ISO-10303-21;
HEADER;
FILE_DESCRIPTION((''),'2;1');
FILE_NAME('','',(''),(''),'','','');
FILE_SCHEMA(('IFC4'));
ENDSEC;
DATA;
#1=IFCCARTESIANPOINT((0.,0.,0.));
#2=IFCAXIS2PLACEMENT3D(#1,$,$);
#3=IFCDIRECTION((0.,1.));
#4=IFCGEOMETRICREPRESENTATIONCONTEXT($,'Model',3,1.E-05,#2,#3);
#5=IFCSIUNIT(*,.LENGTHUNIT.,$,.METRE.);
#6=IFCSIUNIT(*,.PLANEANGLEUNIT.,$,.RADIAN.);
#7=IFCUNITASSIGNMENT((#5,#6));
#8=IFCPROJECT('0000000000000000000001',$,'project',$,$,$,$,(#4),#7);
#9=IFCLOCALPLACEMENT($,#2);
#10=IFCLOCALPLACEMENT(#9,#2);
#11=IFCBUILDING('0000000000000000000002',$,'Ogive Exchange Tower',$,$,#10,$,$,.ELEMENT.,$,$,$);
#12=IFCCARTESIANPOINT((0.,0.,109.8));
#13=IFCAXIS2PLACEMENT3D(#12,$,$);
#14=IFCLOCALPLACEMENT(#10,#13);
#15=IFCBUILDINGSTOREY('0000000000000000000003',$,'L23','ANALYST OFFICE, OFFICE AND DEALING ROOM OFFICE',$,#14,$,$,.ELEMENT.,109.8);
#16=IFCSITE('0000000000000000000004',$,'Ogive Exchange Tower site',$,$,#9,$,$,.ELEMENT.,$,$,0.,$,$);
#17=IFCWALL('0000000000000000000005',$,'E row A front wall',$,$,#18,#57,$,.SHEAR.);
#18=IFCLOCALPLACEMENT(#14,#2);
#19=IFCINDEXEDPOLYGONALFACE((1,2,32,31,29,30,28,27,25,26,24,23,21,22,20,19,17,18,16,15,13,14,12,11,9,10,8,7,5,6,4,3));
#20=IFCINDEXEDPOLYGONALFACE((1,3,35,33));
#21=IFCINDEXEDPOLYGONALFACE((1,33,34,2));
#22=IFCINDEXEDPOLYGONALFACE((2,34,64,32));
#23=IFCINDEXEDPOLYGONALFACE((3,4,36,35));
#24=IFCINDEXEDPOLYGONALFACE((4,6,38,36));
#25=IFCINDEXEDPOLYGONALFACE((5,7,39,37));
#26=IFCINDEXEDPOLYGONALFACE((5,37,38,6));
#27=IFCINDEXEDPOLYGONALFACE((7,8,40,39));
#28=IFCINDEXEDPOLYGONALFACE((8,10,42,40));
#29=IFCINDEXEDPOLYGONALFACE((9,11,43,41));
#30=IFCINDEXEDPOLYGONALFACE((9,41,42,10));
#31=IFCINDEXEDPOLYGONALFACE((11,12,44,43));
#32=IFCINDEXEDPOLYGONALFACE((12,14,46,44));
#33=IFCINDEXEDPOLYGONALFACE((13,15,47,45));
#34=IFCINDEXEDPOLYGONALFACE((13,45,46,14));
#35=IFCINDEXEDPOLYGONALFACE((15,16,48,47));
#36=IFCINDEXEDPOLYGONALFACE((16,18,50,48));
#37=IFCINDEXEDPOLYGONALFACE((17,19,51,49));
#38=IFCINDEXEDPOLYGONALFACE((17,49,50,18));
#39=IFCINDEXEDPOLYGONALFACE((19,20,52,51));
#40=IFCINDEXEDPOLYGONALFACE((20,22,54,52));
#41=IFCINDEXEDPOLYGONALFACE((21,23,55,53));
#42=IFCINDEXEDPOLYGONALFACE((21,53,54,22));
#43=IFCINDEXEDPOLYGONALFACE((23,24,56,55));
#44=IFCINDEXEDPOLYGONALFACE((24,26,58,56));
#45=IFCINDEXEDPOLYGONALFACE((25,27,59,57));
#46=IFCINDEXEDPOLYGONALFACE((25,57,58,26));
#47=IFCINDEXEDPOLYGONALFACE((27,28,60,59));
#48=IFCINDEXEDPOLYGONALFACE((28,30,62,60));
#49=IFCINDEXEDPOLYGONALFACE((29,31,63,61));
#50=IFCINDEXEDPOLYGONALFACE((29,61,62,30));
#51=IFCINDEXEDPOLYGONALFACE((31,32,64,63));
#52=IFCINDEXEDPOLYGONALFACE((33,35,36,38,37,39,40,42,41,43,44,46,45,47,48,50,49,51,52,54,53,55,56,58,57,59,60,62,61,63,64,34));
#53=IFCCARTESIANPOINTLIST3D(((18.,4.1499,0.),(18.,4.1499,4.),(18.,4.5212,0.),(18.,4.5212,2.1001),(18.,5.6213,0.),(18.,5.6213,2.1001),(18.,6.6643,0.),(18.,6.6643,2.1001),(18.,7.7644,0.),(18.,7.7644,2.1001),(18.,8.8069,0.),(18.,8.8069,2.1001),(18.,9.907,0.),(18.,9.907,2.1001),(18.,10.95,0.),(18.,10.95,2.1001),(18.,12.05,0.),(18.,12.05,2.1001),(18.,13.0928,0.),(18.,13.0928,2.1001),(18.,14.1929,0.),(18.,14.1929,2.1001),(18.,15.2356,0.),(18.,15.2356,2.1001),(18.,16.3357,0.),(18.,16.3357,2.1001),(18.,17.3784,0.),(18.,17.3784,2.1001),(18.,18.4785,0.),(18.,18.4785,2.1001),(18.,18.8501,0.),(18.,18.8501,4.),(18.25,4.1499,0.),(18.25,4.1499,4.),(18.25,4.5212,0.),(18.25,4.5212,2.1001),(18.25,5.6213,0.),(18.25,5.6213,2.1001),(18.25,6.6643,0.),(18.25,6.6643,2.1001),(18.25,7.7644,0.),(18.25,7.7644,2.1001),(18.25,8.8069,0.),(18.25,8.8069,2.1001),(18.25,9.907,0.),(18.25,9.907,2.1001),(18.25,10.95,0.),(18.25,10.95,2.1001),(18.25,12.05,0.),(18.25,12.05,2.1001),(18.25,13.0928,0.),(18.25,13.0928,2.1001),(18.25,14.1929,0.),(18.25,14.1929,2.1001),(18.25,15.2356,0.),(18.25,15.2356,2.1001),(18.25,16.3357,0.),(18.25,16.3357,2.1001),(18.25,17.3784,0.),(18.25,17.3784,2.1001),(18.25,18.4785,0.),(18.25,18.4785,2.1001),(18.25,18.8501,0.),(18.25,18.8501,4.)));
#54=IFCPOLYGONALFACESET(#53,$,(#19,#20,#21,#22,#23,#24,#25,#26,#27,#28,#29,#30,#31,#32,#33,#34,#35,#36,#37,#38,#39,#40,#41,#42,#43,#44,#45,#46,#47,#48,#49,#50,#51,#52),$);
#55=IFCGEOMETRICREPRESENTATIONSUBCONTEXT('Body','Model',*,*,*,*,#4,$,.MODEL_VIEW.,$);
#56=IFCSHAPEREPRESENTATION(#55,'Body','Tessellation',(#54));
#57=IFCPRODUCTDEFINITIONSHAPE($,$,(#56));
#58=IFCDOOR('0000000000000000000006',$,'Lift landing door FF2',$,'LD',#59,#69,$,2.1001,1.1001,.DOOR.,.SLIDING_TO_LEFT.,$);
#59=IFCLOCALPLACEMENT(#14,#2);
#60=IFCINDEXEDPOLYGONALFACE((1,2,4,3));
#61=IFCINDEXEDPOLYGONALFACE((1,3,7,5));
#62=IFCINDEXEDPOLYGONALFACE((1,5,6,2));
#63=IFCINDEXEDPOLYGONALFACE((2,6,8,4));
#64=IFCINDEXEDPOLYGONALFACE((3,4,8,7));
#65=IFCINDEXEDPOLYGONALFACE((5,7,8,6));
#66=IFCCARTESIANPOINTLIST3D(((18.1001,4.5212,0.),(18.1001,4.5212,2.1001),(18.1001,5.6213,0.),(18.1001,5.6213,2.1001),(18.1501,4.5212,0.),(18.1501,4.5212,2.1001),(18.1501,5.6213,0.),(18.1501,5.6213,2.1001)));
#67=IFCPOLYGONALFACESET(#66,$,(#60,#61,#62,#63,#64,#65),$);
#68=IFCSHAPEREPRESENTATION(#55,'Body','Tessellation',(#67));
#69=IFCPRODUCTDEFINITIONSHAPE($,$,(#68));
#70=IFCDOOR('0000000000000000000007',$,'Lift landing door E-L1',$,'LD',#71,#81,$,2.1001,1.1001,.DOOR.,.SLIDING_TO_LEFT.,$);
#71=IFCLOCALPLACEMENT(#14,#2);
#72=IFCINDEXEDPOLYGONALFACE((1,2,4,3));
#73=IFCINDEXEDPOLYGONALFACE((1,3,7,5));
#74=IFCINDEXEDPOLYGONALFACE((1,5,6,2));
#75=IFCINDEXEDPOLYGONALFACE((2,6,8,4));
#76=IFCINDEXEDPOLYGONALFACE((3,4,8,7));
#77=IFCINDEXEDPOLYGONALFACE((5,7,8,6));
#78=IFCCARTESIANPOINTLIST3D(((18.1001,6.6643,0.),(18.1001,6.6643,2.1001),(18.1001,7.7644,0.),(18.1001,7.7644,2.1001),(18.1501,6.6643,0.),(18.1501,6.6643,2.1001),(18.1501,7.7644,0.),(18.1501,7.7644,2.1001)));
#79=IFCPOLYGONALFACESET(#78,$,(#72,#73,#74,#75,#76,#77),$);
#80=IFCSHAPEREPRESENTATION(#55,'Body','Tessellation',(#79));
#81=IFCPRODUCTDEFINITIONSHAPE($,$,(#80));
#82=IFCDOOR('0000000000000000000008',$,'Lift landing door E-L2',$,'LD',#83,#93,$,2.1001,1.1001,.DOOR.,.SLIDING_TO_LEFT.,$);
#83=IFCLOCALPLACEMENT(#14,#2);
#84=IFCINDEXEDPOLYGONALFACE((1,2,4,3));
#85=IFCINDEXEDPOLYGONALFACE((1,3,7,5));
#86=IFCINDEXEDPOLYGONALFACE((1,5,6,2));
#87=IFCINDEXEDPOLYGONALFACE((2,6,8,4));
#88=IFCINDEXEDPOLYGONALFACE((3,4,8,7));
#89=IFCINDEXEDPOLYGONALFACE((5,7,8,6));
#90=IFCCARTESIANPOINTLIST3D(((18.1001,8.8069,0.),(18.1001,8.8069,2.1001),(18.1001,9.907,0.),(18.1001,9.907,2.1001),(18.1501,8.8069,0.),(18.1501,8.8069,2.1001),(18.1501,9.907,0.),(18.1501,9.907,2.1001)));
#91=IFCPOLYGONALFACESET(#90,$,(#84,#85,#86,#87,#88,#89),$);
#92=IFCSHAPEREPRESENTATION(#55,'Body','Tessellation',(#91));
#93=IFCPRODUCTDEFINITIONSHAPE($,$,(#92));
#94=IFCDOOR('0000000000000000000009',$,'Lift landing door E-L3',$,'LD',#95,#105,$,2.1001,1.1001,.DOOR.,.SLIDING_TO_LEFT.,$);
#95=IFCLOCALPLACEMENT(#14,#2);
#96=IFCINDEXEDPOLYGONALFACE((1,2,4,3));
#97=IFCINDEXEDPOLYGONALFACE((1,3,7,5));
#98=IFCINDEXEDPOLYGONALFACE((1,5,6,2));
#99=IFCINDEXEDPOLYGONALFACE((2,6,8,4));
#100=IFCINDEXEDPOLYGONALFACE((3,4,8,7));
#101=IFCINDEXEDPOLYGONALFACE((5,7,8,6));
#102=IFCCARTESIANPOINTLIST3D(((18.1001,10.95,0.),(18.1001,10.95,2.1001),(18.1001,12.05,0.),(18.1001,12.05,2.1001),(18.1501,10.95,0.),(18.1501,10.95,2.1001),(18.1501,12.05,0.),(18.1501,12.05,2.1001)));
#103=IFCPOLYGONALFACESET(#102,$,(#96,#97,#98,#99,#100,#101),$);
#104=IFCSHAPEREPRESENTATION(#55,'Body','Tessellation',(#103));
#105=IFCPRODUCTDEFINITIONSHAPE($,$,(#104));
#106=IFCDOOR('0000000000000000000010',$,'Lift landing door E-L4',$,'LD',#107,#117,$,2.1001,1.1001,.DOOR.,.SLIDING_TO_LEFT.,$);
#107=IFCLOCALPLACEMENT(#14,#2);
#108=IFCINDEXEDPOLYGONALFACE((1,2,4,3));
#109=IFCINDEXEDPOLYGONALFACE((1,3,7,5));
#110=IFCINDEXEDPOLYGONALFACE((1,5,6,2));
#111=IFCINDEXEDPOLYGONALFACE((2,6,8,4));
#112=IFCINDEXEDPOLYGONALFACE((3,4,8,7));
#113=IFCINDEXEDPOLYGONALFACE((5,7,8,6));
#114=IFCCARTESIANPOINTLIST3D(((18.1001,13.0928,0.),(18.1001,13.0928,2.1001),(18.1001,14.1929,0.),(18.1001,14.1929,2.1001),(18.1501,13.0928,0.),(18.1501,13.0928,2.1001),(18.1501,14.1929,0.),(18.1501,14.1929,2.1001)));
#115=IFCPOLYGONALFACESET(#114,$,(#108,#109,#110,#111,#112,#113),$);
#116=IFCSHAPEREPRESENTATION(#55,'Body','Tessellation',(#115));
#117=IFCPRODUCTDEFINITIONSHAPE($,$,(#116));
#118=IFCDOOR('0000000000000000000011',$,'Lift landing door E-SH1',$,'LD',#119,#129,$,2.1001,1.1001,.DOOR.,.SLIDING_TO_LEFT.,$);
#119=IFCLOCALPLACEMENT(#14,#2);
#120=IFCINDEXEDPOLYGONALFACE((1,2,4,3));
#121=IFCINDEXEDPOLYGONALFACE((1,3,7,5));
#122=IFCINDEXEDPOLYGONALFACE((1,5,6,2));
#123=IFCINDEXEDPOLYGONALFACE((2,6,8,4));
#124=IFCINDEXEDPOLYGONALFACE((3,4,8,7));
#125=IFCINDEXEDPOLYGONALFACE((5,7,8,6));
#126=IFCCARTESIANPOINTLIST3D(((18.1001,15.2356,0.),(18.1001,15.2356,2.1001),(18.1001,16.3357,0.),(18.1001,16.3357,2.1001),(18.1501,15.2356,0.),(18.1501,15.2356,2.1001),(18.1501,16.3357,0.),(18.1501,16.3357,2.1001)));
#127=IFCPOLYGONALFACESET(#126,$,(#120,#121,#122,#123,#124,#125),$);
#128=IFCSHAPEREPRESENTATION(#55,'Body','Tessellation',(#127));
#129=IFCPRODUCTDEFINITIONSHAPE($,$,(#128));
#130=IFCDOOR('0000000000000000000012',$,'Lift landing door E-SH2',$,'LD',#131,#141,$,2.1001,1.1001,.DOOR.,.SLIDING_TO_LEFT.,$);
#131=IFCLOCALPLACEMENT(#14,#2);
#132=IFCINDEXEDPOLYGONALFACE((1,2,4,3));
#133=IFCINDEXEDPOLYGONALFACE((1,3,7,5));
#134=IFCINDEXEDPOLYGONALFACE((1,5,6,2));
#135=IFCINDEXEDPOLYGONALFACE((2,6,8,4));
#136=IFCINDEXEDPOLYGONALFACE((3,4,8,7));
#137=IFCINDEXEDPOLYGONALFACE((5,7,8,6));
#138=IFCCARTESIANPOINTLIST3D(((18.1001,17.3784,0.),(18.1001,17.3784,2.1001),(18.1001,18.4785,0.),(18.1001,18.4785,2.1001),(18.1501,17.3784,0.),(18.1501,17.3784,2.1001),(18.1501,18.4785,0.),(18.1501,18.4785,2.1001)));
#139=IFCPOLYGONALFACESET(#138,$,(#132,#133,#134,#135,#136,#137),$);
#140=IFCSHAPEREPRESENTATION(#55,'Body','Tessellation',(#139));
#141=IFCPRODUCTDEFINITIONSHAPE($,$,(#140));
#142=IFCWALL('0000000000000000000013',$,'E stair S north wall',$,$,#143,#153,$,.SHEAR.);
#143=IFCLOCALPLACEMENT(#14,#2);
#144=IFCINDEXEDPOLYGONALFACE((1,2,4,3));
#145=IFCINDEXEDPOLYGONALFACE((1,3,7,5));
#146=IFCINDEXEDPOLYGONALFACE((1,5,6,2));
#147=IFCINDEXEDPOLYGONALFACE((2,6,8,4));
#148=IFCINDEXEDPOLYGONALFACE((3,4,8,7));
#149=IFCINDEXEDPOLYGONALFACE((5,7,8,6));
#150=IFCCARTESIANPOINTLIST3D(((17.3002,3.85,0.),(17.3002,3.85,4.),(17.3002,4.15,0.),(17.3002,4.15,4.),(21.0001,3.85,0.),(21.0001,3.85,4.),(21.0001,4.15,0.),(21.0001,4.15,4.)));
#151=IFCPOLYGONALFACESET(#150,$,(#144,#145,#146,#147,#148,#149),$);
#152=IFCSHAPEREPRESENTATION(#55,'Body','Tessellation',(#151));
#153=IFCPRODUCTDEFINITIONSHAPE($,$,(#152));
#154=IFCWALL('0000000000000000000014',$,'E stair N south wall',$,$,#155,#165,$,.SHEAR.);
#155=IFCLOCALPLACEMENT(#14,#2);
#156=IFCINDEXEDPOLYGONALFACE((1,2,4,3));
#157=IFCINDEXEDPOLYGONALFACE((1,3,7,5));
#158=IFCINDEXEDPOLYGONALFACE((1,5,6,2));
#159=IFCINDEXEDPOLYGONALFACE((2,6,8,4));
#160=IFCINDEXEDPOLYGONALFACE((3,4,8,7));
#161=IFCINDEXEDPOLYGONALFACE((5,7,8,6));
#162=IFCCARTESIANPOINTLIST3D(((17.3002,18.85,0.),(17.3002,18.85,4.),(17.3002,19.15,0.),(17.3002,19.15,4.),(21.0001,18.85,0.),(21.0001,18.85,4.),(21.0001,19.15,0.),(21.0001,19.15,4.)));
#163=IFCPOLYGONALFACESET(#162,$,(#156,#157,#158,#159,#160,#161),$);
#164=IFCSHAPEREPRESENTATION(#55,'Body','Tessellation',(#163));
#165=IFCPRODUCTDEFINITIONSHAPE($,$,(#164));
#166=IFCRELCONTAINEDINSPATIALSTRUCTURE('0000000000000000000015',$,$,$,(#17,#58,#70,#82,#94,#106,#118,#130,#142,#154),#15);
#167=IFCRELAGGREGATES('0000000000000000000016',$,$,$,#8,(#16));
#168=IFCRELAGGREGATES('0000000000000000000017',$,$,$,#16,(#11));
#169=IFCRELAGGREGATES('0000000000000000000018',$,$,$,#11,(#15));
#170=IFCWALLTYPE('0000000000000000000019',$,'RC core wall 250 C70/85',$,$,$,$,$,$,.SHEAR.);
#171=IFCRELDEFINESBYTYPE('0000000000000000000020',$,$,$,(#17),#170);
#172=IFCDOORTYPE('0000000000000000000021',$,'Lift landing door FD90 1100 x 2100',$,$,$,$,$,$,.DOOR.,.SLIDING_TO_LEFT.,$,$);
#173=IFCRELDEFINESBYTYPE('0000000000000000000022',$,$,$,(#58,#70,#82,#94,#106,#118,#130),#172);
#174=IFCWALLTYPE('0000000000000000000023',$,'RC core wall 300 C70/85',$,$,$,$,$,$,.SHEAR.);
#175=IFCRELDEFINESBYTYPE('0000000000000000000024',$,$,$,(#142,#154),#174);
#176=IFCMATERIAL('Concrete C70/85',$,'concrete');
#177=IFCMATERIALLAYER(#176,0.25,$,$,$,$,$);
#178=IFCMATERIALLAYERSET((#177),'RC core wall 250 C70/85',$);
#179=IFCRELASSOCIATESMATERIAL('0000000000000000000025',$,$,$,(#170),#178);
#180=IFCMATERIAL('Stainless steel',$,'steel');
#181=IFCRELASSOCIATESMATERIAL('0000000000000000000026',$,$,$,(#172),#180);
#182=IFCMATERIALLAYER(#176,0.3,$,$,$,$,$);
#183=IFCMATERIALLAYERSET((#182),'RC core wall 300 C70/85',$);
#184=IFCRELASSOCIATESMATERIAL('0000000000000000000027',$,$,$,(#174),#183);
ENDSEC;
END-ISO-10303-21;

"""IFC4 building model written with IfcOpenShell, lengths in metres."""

from ifc_helpers import new_model, si_unit, direction, frame, frame_2d, origin, place, context, subcontext, project, spatial, rectangle, extrude, material, layer, layer_set, type_object, element, fill, save


model = new_model("IFC4")

# Units and contexts
model_context = context("Model", 3, precision=1e-05, world=origin(), true_north=direction((0.0, 1.0)))
body_context = subcontext(model_context, "Body", "Model", "MODEL_VIEW")
ifc_project = project(units=[si_unit("LENGTHUNIT", "METRE"), si_unit("PLANEANGLEUNIT", "RADIAN")], contexts=[model_context])

# Site, building, storey
site_placement = place(None, origin())
site = spatial("IfcSite", under=ifc_project, at=site_placement, Name="Ogive Exchange Tower site", CompositionType="ELEMENT", RefElevation=0.0)
building_placement = place(site_placement, origin())
building = spatial("IfcBuilding", under=site, at=building_placement, Name="Ogive Exchange Tower", CompositionType="ELEMENT")
storey_placement = place(building_placement, frame((0.0, 0.0, 109.8)))
storey = spatial("IfcBuildingStorey", under=building, at=storey_placement, Name="L23", Description="ANALYST OFFICE, OFFICE AND DEALING ROOM OFFICE", CompositionType="ELEMENT", Elevation=109.8)

# Shared definitions
ifc_material_1 = material(Name="Concrete C70/85", Category="concrete")
ifc_layer_1 = layer(ifc_material_1, 0.25)
ifc_layer_set_1 = layer_set([ifc_layer_1], Name="RC core wall 250 C70/85")
wall_type_1 = type_object("IfcWallType", Name="RC core wall 250 C70/85", PredefinedType="SHEAR", material=ifc_layer_set_1)

# Wall, openings, doors
wall_1_placement = place(storey_placement, frame((18.125, 4.1499, 0.0), z_axis=(0.0, 0.0, 1.0), x_axis=(0.0, 1.0, 0.0)))
wall_1 = element("IfcWall", 1, at=wall_1_placement, inside=storey, type_object=wall_type_1, Name="E row A front wall", PredefinedType="SHEAR", context=body_context, shape_type="SweptSolid", body=[
    extrude(rectangle(XDim=14.7002, YDim=0.25, at=frame_2d((7.3501, 0.0))), origin(), (0.0, 0.0, 1.0), 4.0),
])
opening_1_placement = place(wall_1_placement, frame((0.3713, 0.0, 0.0)))
opening_1 = element("IfcOpeningElement", 2, at=opening_1_placement, cuts=wall_1, PredefinedType="OPENING", context=body_context, shape_type="SweptSolid", body=[
    extrude(rectangle(XDim=1.1001, YDim=2.1001, at=frame_2d((0.55, 1.05))), frame((0.0, 0.135, 0.0), z_axis=(0.0, -1.0, 0.0), x_axis=(1.0, 0.0, 0.0)), (0.0, 0.0, 1.0), 0.27),
])
opening_2_placement = place(wall_1_placement, frame((2.5144, 0.0, 0.0)))
opening_2 = element("IfcOpeningElement", 3, at=opening_2_placement, cuts=wall_1, PredefinedType="OPENING", context=body_context, shape_type="SweptSolid", body=[
    extrude(rectangle(XDim=1.1001, YDim=2.1001, at=frame_2d((0.55, 1.05))), frame((0.0, 0.135, 0.0), z_axis=(0.0, -1.0, 0.0), x_axis=(1.0, 0.0, 0.0)), (0.0, 0.0, 1.0), 0.27),
])
opening_3_placement = place(wall_1_placement, frame((4.657, 0.0, 0.0)))
opening_3 = element("IfcOpeningElement", 4, at=opening_3_placement, cuts=wall_1, PredefinedType="OPENING", context=body_context, shape_type="SweptSolid", body=[
    extrude(rectangle(XDim=1.1001, YDim=2.1001, at=frame_2d((0.55, 1.05))), frame((0.0, 0.135, 0.0), z_axis=(0.0, -1.0, 0.0), x_axis=(1.0, 0.0, 0.0)), (0.0, 0.0, 1.0), 0.27),
])
opening_4_placement = place(wall_1_placement, frame((6.8, 0.0, 0.0)))
opening_4 = element("IfcOpeningElement", 5, at=opening_4_placement, cuts=wall_1, PredefinedType="OPENING", context=body_context, shape_type="SweptSolid", body=[
    extrude(rectangle(XDim=1.1001, YDim=2.1001, at=frame_2d((0.55, 1.05))), frame((0.0, 0.135, 0.0), z_axis=(0.0, -1.0, 0.0), x_axis=(1.0, 0.0, 0.0)), (0.0, 0.0, 1.0), 0.27),
])
opening_5_placement = place(wall_1_placement, frame((8.9429, 0.0, 0.0)))
opening_5 = element("IfcOpeningElement", 6, at=opening_5_placement, cuts=wall_1, PredefinedType="OPENING", context=body_context, shape_type="SweptSolid", body=[
    extrude(rectangle(XDim=1.1001, YDim=2.1001, at=frame_2d((0.55, 1.05))), frame((0.0, 0.135, 0.0), z_axis=(0.0, -1.0, 0.0), x_axis=(1.0, 0.0, 0.0)), (0.0, 0.0, 1.0), 0.27),
])
opening_6_placement = place(wall_1_placement, frame((11.0857, 0.0, 0.0)))
opening_6 = element("IfcOpeningElement", 7, at=opening_6_placement, cuts=wall_1, PredefinedType="OPENING", context=body_context, shape_type="SweptSolid", body=[
    extrude(rectangle(XDim=1.1001, YDim=2.1001, at=frame_2d((0.55, 1.05))), frame((0.0, 0.135, 0.0), z_axis=(0.0, -1.0, 0.0), x_axis=(1.0, 0.0, 0.0)), (0.0, 0.0, 1.0), 0.27),
])
opening_7_placement = place(wall_1_placement, frame((13.2285, 0.0, 0.0)))
opening_7 = element("IfcOpeningElement", 8, at=opening_7_placement, cuts=wall_1, PredefinedType="OPENING", context=body_context, shape_type="SweptSolid", body=[
    extrude(rectangle(XDim=1.1001, YDim=2.1001, at=frame_2d((0.55, 1.05))), frame((0.0, 0.135, 0.0), z_axis=(0.0, -1.0, 0.0), x_axis=(1.0, 0.0, 0.0)), (0.0, 0.0, 1.0), 0.27),
])
ifc_material_2 = material(Name="Stainless steel", Category="steel")
door_type_1 = type_object("IfcDoorType", Name="Lift landing door FD90 1100 x 2100", OperationType="SLIDING_TO_LEFT", PredefinedType="DOOR", material=ifc_material_2)
door_1_placement = place(opening_1_placement, origin())
door_1 = element("IfcDoor", 9, at=door_1_placement, inside=storey, type_object=door_type_1, Name="Lift landing door FF2", ObjectType="LD", OperationType="SLIDING_TO_LEFT", OverallHeight=2.1001, OverallWidth=1.1001, PredefinedType="DOOR", context=body_context, shape_type="SweptSolid", body=[
    extrude(rectangle(XDim=1.1001, YDim=2.1001, at=frame_2d((0.55, 1.05))), frame((0.0, 0.0249, 0.0), z_axis=(0.0, -1.0, 0.0), x_axis=(1.0, 0.0, 0.0)), (0.0, 0.0, 1.0), 0.05),
])
fill(opening_1, door_1)
door_2_placement = place(opening_2_placement, origin())
door_2 = element("IfcDoor", 10, at=door_2_placement, inside=storey, type_object=door_type_1, Name="Lift landing door E-L1", ObjectType="LD", OperationType="SLIDING_TO_LEFT", OverallHeight=2.1001, OverallWidth=1.1001, PredefinedType="DOOR", context=body_context, shape_type="SweptSolid", body=[
    extrude(rectangle(XDim=1.1001, YDim=2.1001, at=frame_2d((0.55, 1.05))), frame((0.0, 0.0249, 0.0), z_axis=(0.0, -1.0, 0.0), x_axis=(1.0, 0.0, 0.0)), (0.0, 0.0, 1.0), 0.05),
])
fill(opening_2, door_2)
door_3_placement = place(opening_3_placement, origin())
door_3 = element("IfcDoor", 11, at=door_3_placement, inside=storey, type_object=door_type_1, Name="Lift landing door E-L2", ObjectType="LD", OperationType="SLIDING_TO_LEFT", OverallHeight=2.1001, OverallWidth=1.1001, PredefinedType="DOOR", context=body_context, shape_type="SweptSolid", body=[
    extrude(rectangle(XDim=1.1001, YDim=2.1001, at=frame_2d((0.55, 1.05))), frame((0.0, 0.0249, 0.0), z_axis=(0.0, -1.0, 0.0), x_axis=(1.0, 0.0, 0.0)), (0.0, 0.0, 1.0), 0.05),
])
fill(opening_3, door_3)
door_4_placement = place(opening_4_placement, origin())
door_4 = element("IfcDoor", 12, at=door_4_placement, inside=storey, type_object=door_type_1, Name="Lift landing door E-L3", ObjectType="LD", OperationType="SLIDING_TO_LEFT", OverallHeight=2.1001, OverallWidth=1.1001, PredefinedType="DOOR", context=body_context, shape_type="SweptSolid", body=[
    extrude(rectangle(XDim=1.1001, YDim=2.1001, at=frame_2d((0.55, 1.05))), frame((0.0, 0.0249, 0.0), z_axis=(0.0, -1.0, 0.0), x_axis=(1.0, 0.0, 0.0)), (0.0, 0.0, 1.0), 0.05),
])
fill(opening_4, door_4)
door_5_placement = place(opening_5_placement, origin())
door_5 = element("IfcDoor", 13, at=door_5_placement, inside=storey, type_object=door_type_1, Name="Lift landing door E-L4", ObjectType="LD", OperationType="SLIDING_TO_LEFT", OverallHeight=2.1001, OverallWidth=1.1001, PredefinedType="DOOR", context=body_context, shape_type="SweptSolid", body=[
    extrude(rectangle(XDim=1.1001, YDim=2.1001, at=frame_2d((0.55, 1.05))), frame((0.0, 0.0249, 0.0), z_axis=(0.0, -1.0, 0.0), x_axis=(1.0, 0.0, 0.0)), (0.0, 0.0, 1.0), 0.05),
])
fill(opening_5, door_5)
door_6_placement = place(opening_6_placement, origin())
door_6 = element("IfcDoor", 14, at=door_6_placement, inside=storey, type_object=door_type_1, Name="Lift landing door E-SH1", ObjectType="LD", OperationType="SLIDING_TO_LEFT", OverallHeight=2.1001, OverallWidth=1.1001, PredefinedType="DOOR", context=body_context, shape_type="SweptSolid", body=[
    extrude(rectangle(XDim=1.1001, YDim=2.1001, at=frame_2d((0.55, 1.05))), frame((0.0, 0.0249, 0.0), z_axis=(0.0, -1.0, 0.0), x_axis=(1.0, 0.0, 0.0)), (0.0, 0.0, 1.0), 0.05),
])
fill(opening_6, door_6)
door_7_placement = place(opening_7_placement, origin())
door_7 = element("IfcDoor", 15, at=door_7_placement, inside=storey, type_object=door_type_1, Name="Lift landing door E-SH2", ObjectType="LD", OperationType="SLIDING_TO_LEFT", OverallHeight=2.1001, OverallWidth=1.1001, PredefinedType="DOOR", context=body_context, shape_type="SweptSolid", body=[
    extrude(rectangle(XDim=1.1001, YDim=2.1001, at=frame_2d((0.55, 1.05))), frame((0.0, 0.0249, 0.0), z_axis=(0.0, -1.0, 0.0), x_axis=(1.0, 0.0, 0.0)), (0.0, 0.0, 1.0), 0.05),
])
fill(opening_7, door_7)

# Walls
ifc_layer_2 = layer(ifc_material_1, 0.3)
ifc_layer_set_2 = layer_set([ifc_layer_2], Name="RC core wall 300 C70/85")
wall_type_2 = type_object("IfcWallType", Name="RC core wall 300 C70/85", PredefinedType="SHEAR", material=ifc_layer_set_2)
for number, where, z_axis, x_axis, name in (
    (16, (17.3, 4.0, 0.0), (0.0, 0.0, 1.0), (1.0, 0.0, 0.0), "E stair S north wall"),
    (17, (17.3, 19.0, 0.0), (0.0, 0.0, 1.0), (1.0, 0.0, 0.0), "E stair N south wall"),
):
    element("IfcWall", number, at=place(storey_placement, frame(where, z_axis=z_axis, x_axis=x_axis)), inside=storey, type_object=wall_type_2, Name=name, PredefinedType="SHEAR", context=body_context, shape_type="SweptSolid", body=[
        extrude(rectangle(XDim=3.7, YDim=0.3, at=frame_2d((1.8501, 0.0))), origin(), (0.0, 0.0, 1.0), 4.0),
    ])

save(model, "model.ifc")
